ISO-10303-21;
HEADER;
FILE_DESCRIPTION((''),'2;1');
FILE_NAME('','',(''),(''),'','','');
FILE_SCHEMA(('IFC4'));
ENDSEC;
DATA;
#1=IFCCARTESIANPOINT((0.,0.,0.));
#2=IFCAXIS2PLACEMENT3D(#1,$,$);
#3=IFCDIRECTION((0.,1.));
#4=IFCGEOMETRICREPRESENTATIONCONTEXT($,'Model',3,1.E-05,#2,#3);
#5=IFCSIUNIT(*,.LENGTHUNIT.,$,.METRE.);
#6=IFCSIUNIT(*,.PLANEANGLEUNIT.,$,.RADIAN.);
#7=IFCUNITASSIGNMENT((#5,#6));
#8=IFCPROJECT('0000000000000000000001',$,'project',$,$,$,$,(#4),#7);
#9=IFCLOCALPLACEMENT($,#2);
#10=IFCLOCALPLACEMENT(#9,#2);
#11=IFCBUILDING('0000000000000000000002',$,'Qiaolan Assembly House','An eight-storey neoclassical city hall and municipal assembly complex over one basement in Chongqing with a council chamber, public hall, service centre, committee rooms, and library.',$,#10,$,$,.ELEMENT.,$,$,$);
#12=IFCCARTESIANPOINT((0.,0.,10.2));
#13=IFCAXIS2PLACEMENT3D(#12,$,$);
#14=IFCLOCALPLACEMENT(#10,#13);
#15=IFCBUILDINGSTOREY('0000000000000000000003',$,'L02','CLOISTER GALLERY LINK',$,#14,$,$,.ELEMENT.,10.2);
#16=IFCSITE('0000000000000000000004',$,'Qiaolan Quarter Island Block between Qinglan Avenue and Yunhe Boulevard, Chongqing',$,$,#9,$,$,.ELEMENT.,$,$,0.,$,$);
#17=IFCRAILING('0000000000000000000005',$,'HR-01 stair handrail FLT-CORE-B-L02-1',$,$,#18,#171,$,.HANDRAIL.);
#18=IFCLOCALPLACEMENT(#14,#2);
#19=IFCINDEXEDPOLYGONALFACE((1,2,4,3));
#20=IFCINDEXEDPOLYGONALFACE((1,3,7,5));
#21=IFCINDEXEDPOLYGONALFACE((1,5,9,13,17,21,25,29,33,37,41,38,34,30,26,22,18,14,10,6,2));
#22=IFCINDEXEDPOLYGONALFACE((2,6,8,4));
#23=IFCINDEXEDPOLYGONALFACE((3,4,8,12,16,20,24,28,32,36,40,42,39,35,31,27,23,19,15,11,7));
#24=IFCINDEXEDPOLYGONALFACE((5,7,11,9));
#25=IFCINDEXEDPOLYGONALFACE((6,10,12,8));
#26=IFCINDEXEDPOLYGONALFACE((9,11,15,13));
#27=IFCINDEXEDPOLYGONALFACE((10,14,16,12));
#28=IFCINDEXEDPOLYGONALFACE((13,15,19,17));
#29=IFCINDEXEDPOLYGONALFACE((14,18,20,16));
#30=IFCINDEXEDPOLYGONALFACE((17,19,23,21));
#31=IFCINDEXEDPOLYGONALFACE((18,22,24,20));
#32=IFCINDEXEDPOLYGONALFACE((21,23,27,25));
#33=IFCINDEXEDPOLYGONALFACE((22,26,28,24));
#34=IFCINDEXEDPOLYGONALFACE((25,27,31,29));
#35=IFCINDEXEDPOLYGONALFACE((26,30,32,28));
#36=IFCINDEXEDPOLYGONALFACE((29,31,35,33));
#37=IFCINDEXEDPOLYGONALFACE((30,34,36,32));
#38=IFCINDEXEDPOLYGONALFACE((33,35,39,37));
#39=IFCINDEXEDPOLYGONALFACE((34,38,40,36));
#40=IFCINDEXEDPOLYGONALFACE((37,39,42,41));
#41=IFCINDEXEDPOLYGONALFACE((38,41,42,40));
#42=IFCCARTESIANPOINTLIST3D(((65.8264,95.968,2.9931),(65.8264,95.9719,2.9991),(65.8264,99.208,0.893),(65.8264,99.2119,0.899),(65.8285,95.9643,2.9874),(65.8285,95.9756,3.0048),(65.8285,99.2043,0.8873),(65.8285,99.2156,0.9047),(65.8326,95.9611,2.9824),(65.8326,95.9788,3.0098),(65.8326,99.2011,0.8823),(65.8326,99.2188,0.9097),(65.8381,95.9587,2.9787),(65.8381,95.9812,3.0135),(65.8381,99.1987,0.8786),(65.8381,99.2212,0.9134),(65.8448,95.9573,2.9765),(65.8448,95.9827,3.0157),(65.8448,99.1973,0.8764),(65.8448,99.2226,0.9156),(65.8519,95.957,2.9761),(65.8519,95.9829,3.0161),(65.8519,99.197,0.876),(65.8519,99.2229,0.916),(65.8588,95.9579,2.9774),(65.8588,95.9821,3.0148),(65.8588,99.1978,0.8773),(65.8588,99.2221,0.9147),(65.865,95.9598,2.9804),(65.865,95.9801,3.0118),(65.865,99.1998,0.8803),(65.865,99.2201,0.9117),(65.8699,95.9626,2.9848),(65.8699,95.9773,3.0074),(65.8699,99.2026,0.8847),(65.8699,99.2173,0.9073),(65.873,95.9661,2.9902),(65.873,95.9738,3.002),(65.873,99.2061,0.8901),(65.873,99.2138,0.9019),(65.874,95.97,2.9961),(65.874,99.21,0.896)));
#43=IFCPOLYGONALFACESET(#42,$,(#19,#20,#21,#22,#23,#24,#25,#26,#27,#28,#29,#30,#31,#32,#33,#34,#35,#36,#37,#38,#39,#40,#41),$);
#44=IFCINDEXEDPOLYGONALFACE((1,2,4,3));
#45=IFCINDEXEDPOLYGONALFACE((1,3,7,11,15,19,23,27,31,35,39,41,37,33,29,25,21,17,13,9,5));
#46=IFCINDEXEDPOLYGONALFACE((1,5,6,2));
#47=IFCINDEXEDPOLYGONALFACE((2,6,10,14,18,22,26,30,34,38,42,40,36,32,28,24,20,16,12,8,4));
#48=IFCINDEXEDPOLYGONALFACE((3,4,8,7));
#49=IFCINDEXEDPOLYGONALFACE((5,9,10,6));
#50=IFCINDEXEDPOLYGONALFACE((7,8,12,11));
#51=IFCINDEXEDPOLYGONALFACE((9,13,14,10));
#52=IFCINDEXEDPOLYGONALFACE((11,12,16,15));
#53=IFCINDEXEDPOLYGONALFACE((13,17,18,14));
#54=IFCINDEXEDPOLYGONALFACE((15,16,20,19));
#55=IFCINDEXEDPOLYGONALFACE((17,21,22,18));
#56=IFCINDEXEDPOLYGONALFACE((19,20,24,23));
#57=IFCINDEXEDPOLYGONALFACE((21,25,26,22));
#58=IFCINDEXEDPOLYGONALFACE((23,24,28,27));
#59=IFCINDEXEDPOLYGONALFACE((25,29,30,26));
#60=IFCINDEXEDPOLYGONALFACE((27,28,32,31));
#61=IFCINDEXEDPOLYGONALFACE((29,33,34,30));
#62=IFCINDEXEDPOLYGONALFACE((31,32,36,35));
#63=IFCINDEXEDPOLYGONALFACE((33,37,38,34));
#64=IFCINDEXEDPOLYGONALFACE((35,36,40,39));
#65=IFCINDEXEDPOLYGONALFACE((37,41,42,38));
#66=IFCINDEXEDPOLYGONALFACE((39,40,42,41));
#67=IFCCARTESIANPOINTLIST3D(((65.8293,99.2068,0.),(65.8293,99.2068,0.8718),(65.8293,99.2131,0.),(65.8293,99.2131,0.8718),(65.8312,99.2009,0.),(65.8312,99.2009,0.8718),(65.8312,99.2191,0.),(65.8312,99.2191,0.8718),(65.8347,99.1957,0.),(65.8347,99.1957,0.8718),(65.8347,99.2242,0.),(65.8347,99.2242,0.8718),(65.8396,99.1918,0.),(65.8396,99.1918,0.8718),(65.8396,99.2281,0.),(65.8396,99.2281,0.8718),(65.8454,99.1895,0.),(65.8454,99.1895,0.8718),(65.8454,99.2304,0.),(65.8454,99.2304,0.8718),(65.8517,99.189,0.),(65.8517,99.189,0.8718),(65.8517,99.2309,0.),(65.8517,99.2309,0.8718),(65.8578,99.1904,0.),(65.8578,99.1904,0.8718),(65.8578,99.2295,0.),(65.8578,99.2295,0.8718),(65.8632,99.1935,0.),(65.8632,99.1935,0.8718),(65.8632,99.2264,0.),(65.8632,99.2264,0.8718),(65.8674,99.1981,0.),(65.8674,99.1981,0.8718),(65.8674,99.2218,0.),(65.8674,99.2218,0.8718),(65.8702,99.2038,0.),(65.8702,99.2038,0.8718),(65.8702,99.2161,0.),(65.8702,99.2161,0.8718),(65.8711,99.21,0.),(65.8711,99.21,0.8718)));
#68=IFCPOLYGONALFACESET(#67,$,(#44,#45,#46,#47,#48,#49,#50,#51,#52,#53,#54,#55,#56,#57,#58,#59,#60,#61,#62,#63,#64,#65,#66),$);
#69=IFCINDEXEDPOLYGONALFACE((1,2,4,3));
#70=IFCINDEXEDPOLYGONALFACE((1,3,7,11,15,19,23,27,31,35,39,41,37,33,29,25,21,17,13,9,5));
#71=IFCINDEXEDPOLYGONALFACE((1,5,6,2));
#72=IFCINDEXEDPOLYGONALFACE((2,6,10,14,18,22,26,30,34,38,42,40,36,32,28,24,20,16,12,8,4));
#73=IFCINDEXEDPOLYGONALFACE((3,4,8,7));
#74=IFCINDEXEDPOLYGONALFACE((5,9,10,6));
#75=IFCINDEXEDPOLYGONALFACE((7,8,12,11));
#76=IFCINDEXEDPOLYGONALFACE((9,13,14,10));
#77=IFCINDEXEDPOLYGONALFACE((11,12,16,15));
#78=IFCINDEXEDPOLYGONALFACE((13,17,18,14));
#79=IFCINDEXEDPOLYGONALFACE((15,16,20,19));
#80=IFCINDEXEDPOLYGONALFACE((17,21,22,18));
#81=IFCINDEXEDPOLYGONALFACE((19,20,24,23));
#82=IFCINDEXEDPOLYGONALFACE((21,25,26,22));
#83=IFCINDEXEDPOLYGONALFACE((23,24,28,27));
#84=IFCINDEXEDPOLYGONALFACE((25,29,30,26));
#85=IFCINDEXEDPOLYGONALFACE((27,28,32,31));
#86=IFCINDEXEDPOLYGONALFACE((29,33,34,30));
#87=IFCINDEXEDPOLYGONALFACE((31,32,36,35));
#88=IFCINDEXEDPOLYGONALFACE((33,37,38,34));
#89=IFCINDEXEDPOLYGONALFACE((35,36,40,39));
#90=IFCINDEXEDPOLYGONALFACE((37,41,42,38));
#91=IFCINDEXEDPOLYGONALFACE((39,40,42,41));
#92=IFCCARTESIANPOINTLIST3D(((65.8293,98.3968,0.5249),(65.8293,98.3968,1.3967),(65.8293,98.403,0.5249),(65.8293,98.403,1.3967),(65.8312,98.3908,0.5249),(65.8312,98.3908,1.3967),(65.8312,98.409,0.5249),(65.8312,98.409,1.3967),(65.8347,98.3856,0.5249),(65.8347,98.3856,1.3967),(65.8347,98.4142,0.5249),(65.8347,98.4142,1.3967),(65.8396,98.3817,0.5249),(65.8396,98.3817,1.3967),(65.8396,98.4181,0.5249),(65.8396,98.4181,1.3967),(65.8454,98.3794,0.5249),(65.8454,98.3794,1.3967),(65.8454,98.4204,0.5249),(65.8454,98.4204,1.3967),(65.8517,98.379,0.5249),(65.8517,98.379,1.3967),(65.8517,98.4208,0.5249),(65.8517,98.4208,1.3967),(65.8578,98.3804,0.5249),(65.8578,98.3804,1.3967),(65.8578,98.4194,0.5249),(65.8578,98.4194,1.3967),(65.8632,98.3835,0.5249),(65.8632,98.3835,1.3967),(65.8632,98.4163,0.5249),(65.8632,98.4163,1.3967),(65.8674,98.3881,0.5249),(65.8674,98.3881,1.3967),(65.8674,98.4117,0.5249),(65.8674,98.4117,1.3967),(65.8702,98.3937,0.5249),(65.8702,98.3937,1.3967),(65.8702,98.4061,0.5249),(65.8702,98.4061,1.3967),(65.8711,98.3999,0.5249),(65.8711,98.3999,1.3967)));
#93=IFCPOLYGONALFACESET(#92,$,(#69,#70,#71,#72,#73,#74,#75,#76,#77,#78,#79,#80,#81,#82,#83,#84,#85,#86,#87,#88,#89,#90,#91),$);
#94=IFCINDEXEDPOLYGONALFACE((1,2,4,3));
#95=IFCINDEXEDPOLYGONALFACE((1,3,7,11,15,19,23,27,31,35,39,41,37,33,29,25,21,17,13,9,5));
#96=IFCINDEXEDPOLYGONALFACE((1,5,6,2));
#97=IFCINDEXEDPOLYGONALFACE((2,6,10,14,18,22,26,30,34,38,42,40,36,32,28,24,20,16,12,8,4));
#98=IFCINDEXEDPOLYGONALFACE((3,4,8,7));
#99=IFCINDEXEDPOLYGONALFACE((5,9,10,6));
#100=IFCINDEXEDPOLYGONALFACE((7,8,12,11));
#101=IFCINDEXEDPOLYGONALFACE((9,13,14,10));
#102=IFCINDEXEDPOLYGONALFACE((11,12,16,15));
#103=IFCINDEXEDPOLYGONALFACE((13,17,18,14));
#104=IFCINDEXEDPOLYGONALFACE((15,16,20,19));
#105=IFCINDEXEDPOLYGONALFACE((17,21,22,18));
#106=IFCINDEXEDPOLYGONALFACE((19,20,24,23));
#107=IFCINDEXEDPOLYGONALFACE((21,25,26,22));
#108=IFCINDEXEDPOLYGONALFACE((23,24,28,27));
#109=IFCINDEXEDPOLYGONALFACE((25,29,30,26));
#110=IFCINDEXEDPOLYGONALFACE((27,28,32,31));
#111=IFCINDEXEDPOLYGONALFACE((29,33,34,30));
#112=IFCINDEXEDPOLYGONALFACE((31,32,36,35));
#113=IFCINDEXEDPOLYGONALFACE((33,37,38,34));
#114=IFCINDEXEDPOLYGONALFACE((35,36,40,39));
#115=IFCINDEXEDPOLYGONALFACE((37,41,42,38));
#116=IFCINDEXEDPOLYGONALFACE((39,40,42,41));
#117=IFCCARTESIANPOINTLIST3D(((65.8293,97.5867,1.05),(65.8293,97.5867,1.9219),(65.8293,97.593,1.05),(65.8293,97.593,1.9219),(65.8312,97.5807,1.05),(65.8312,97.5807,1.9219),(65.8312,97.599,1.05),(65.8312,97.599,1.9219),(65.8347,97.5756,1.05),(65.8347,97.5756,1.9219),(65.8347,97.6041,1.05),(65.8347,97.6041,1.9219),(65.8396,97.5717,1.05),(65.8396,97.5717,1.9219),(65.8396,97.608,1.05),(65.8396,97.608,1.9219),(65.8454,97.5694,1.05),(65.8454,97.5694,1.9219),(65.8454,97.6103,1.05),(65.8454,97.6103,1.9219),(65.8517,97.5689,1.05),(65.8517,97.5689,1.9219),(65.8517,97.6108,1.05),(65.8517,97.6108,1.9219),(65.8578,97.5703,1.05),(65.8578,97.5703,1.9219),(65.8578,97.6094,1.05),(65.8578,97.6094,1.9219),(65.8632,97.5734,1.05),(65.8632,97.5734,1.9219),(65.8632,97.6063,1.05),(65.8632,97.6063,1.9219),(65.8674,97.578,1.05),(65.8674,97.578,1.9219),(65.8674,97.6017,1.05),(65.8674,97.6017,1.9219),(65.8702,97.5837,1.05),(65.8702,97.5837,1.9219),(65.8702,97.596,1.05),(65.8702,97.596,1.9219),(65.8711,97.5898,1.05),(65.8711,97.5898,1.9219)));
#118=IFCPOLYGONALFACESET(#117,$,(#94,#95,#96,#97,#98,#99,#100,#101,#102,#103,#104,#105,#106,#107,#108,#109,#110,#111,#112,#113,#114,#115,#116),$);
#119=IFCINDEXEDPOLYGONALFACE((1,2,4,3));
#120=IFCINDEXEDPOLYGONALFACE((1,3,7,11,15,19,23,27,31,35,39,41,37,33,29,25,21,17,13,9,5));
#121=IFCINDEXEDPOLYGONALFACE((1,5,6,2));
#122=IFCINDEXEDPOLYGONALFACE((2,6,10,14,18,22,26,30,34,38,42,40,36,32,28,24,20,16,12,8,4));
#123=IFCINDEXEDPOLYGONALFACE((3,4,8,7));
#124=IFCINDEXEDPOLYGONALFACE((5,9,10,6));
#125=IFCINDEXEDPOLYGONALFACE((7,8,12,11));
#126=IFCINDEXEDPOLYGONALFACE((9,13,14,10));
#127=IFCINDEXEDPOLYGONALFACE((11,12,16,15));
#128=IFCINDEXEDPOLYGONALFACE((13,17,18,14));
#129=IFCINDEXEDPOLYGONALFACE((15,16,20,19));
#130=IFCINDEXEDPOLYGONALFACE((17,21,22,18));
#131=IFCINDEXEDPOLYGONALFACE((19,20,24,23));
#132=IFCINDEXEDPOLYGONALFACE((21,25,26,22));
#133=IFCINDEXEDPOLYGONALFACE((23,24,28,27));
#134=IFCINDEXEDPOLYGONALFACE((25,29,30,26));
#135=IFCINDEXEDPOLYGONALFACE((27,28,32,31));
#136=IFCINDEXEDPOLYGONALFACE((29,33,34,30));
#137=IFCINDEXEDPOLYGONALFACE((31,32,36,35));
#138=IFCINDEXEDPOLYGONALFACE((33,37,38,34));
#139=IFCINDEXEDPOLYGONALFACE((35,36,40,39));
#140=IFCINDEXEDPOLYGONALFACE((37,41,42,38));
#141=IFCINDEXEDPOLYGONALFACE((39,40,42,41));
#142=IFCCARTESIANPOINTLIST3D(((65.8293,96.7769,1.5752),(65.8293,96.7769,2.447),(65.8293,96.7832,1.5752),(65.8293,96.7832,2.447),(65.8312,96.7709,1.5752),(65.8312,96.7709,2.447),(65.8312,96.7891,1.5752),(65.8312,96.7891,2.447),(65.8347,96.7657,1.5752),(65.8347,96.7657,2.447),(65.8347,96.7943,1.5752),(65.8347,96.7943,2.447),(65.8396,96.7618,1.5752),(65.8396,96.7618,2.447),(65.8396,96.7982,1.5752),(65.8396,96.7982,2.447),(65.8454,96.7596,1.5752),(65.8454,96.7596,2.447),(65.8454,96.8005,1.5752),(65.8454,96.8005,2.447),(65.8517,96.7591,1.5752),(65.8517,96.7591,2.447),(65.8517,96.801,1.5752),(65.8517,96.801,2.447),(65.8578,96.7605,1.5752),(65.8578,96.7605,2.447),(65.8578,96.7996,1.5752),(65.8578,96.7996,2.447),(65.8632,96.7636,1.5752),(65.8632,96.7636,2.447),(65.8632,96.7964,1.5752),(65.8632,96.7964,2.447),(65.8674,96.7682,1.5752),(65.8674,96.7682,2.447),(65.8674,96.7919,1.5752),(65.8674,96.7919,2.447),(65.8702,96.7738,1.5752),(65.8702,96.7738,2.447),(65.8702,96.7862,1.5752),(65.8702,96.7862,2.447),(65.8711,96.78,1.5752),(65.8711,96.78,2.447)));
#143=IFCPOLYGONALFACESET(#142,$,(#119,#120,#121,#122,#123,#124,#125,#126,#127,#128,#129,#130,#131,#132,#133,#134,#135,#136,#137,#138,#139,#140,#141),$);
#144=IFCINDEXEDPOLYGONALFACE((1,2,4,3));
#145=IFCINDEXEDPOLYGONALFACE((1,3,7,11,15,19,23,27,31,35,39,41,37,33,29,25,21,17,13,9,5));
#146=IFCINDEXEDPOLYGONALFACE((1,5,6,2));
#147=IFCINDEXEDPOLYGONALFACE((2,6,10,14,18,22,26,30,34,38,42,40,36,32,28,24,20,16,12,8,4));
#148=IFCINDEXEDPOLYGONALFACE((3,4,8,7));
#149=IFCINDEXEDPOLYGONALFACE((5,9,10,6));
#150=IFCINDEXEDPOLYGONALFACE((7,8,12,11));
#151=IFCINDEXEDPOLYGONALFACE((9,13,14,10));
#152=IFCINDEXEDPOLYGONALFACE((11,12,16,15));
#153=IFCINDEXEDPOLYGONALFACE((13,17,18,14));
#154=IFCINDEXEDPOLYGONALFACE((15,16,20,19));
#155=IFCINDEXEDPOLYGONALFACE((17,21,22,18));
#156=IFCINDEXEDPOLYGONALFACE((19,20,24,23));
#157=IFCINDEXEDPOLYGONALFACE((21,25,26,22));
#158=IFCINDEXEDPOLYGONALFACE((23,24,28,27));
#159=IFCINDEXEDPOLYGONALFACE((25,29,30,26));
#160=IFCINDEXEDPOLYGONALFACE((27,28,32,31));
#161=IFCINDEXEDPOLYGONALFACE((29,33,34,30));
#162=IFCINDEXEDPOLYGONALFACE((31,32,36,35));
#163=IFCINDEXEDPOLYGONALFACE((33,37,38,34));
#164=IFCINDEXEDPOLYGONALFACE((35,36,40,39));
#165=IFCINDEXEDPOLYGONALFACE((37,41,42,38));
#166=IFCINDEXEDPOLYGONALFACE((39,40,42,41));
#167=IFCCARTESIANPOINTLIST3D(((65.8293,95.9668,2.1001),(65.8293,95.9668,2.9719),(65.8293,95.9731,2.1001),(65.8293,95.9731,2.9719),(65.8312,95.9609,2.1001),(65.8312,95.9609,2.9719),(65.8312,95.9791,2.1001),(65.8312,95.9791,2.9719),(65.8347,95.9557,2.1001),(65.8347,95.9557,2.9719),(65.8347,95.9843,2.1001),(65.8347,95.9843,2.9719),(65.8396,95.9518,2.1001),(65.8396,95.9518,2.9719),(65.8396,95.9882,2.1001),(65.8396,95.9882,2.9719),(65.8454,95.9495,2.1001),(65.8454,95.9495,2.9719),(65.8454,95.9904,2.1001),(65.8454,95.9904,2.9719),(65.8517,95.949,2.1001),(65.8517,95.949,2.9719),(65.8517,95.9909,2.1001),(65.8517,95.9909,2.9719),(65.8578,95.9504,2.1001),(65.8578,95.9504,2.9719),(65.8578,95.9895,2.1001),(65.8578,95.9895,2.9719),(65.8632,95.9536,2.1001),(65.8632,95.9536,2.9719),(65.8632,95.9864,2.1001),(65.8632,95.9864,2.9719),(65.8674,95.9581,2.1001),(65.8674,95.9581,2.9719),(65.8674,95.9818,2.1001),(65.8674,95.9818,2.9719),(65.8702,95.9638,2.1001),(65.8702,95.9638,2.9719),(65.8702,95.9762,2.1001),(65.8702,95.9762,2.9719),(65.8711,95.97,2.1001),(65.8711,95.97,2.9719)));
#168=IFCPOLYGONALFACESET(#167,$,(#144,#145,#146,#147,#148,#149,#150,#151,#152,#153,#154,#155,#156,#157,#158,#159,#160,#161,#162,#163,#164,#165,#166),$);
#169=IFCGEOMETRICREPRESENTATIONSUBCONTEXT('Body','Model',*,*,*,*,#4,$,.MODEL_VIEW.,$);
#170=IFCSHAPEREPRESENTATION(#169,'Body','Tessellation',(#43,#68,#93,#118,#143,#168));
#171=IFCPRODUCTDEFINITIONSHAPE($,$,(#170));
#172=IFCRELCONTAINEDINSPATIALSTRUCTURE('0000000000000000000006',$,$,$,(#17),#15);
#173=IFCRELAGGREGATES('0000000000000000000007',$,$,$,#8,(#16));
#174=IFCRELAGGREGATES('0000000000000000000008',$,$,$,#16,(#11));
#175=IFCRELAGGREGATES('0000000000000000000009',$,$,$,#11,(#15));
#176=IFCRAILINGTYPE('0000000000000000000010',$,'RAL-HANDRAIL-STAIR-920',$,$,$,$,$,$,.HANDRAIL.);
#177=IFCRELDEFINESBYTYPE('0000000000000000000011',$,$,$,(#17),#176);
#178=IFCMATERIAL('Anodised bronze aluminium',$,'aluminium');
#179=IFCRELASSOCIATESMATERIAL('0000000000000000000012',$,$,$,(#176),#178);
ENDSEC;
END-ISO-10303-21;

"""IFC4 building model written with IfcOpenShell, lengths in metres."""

from ifc_helpers import new_model, si_unit, direction, frame, origin, origin_2d, place, context, subcontext, project, spatial, circle, extrude, material, type_object, element, save


model = new_model("IFC4")

# Units and contexts
model_context = context("Model", 3, precision=1e-05, world=origin(), true_north=direction((0.0, 1.0)))
body_context = subcontext(model_context, "Body", "Model", "MODEL_VIEW")
ifc_project = project(units=[si_unit("LENGTHUNIT", "METRE"), si_unit("PLANEANGLEUNIT", "RADIAN")], contexts=[model_context])

# Site, building, storey
site_placement = place(None, origin())
site = spatial("IfcSite", under=ifc_project, at=site_placement, Name="Qiaolan Quarter Island Block between Qinglan Avenue and Yunhe Boulevard, Chongqing", CompositionType="ELEMENT", RefElevation=0.0)
building_placement = place(site_placement, origin())
building = spatial("IfcBuilding", under=site, at=building_placement, Name="Qiaolan Assembly House", Description="An eight-storey neoclassical city hall and municipal assembly complex over one basement in Chongqing with a council chamber, public hall, service centre, committee rooms, and library.", CompositionType="ELEMENT")
storey_placement = place(building_placement, frame((0.0, 0.0, 10.2)))
storey = spatial("IfcBuildingStorey", under=building, at=storey_placement, Name="L02", Description="CLOISTER GALLERY LINK", CompositionType="ELEMENT", Elevation=10.2)

# Railing
ifc_material_1 = material(Name="Anodised bronze aluminium", Category="aluminium")
railing_type_1 = type_object("IfcRailingType", Name="RAL-HANDRAIL-STAIR-920", PredefinedType="HANDRAIL", material=ifc_material_1)
railing_1_placement = place(storey_placement, frame((65.8501, 99.21, 0.0)))
element("IfcRailing", 1, at=railing_1_placement, inside=storey, type_object=railing_type_1, Name="HR-01 stair handrail FLT-CORE-B-L02-1", PredefinedType="HANDRAIL", context=body_context, shape_type="SweptSolid", body=[
    extrude(circle(Radius=0.0239, at=origin_2d()), frame((0.0, 0.0, 0.896), z_axis=(0.0, -0.839141, 0.543914), x_axis=(1.0, 0.0, 0.0)), (0.0, 0.0, 1.0), 3.8611),
    extrude(circle(Radius=0.021, at=origin_2d()), origin(), (0.0, 0.0, 1.0), 0.8718),
    extrude(circle(Radius=0.021, at=origin_2d()), frame((0.0, -0.8101, 0.5249)), (0.0, 0.0, 1.0), 0.8718),
    extrude(circle(Radius=0.021, at=origin_2d()), frame((0.0, -1.6201, 1.05)), (0.0, 0.0, 1.0), 0.8718),
    extrude(circle(Radius=0.021, at=origin_2d()), frame((0.0, -2.4299, 1.5752)), (0.0, 0.0, 1.0), 0.8718),
    extrude(circle(Radius=0.021, at=origin_2d()), frame((0.0, -3.24, 2.1001)), (0.0, 0.0, 1.0), 0.8718),
])

save(model, "model.ifc")
